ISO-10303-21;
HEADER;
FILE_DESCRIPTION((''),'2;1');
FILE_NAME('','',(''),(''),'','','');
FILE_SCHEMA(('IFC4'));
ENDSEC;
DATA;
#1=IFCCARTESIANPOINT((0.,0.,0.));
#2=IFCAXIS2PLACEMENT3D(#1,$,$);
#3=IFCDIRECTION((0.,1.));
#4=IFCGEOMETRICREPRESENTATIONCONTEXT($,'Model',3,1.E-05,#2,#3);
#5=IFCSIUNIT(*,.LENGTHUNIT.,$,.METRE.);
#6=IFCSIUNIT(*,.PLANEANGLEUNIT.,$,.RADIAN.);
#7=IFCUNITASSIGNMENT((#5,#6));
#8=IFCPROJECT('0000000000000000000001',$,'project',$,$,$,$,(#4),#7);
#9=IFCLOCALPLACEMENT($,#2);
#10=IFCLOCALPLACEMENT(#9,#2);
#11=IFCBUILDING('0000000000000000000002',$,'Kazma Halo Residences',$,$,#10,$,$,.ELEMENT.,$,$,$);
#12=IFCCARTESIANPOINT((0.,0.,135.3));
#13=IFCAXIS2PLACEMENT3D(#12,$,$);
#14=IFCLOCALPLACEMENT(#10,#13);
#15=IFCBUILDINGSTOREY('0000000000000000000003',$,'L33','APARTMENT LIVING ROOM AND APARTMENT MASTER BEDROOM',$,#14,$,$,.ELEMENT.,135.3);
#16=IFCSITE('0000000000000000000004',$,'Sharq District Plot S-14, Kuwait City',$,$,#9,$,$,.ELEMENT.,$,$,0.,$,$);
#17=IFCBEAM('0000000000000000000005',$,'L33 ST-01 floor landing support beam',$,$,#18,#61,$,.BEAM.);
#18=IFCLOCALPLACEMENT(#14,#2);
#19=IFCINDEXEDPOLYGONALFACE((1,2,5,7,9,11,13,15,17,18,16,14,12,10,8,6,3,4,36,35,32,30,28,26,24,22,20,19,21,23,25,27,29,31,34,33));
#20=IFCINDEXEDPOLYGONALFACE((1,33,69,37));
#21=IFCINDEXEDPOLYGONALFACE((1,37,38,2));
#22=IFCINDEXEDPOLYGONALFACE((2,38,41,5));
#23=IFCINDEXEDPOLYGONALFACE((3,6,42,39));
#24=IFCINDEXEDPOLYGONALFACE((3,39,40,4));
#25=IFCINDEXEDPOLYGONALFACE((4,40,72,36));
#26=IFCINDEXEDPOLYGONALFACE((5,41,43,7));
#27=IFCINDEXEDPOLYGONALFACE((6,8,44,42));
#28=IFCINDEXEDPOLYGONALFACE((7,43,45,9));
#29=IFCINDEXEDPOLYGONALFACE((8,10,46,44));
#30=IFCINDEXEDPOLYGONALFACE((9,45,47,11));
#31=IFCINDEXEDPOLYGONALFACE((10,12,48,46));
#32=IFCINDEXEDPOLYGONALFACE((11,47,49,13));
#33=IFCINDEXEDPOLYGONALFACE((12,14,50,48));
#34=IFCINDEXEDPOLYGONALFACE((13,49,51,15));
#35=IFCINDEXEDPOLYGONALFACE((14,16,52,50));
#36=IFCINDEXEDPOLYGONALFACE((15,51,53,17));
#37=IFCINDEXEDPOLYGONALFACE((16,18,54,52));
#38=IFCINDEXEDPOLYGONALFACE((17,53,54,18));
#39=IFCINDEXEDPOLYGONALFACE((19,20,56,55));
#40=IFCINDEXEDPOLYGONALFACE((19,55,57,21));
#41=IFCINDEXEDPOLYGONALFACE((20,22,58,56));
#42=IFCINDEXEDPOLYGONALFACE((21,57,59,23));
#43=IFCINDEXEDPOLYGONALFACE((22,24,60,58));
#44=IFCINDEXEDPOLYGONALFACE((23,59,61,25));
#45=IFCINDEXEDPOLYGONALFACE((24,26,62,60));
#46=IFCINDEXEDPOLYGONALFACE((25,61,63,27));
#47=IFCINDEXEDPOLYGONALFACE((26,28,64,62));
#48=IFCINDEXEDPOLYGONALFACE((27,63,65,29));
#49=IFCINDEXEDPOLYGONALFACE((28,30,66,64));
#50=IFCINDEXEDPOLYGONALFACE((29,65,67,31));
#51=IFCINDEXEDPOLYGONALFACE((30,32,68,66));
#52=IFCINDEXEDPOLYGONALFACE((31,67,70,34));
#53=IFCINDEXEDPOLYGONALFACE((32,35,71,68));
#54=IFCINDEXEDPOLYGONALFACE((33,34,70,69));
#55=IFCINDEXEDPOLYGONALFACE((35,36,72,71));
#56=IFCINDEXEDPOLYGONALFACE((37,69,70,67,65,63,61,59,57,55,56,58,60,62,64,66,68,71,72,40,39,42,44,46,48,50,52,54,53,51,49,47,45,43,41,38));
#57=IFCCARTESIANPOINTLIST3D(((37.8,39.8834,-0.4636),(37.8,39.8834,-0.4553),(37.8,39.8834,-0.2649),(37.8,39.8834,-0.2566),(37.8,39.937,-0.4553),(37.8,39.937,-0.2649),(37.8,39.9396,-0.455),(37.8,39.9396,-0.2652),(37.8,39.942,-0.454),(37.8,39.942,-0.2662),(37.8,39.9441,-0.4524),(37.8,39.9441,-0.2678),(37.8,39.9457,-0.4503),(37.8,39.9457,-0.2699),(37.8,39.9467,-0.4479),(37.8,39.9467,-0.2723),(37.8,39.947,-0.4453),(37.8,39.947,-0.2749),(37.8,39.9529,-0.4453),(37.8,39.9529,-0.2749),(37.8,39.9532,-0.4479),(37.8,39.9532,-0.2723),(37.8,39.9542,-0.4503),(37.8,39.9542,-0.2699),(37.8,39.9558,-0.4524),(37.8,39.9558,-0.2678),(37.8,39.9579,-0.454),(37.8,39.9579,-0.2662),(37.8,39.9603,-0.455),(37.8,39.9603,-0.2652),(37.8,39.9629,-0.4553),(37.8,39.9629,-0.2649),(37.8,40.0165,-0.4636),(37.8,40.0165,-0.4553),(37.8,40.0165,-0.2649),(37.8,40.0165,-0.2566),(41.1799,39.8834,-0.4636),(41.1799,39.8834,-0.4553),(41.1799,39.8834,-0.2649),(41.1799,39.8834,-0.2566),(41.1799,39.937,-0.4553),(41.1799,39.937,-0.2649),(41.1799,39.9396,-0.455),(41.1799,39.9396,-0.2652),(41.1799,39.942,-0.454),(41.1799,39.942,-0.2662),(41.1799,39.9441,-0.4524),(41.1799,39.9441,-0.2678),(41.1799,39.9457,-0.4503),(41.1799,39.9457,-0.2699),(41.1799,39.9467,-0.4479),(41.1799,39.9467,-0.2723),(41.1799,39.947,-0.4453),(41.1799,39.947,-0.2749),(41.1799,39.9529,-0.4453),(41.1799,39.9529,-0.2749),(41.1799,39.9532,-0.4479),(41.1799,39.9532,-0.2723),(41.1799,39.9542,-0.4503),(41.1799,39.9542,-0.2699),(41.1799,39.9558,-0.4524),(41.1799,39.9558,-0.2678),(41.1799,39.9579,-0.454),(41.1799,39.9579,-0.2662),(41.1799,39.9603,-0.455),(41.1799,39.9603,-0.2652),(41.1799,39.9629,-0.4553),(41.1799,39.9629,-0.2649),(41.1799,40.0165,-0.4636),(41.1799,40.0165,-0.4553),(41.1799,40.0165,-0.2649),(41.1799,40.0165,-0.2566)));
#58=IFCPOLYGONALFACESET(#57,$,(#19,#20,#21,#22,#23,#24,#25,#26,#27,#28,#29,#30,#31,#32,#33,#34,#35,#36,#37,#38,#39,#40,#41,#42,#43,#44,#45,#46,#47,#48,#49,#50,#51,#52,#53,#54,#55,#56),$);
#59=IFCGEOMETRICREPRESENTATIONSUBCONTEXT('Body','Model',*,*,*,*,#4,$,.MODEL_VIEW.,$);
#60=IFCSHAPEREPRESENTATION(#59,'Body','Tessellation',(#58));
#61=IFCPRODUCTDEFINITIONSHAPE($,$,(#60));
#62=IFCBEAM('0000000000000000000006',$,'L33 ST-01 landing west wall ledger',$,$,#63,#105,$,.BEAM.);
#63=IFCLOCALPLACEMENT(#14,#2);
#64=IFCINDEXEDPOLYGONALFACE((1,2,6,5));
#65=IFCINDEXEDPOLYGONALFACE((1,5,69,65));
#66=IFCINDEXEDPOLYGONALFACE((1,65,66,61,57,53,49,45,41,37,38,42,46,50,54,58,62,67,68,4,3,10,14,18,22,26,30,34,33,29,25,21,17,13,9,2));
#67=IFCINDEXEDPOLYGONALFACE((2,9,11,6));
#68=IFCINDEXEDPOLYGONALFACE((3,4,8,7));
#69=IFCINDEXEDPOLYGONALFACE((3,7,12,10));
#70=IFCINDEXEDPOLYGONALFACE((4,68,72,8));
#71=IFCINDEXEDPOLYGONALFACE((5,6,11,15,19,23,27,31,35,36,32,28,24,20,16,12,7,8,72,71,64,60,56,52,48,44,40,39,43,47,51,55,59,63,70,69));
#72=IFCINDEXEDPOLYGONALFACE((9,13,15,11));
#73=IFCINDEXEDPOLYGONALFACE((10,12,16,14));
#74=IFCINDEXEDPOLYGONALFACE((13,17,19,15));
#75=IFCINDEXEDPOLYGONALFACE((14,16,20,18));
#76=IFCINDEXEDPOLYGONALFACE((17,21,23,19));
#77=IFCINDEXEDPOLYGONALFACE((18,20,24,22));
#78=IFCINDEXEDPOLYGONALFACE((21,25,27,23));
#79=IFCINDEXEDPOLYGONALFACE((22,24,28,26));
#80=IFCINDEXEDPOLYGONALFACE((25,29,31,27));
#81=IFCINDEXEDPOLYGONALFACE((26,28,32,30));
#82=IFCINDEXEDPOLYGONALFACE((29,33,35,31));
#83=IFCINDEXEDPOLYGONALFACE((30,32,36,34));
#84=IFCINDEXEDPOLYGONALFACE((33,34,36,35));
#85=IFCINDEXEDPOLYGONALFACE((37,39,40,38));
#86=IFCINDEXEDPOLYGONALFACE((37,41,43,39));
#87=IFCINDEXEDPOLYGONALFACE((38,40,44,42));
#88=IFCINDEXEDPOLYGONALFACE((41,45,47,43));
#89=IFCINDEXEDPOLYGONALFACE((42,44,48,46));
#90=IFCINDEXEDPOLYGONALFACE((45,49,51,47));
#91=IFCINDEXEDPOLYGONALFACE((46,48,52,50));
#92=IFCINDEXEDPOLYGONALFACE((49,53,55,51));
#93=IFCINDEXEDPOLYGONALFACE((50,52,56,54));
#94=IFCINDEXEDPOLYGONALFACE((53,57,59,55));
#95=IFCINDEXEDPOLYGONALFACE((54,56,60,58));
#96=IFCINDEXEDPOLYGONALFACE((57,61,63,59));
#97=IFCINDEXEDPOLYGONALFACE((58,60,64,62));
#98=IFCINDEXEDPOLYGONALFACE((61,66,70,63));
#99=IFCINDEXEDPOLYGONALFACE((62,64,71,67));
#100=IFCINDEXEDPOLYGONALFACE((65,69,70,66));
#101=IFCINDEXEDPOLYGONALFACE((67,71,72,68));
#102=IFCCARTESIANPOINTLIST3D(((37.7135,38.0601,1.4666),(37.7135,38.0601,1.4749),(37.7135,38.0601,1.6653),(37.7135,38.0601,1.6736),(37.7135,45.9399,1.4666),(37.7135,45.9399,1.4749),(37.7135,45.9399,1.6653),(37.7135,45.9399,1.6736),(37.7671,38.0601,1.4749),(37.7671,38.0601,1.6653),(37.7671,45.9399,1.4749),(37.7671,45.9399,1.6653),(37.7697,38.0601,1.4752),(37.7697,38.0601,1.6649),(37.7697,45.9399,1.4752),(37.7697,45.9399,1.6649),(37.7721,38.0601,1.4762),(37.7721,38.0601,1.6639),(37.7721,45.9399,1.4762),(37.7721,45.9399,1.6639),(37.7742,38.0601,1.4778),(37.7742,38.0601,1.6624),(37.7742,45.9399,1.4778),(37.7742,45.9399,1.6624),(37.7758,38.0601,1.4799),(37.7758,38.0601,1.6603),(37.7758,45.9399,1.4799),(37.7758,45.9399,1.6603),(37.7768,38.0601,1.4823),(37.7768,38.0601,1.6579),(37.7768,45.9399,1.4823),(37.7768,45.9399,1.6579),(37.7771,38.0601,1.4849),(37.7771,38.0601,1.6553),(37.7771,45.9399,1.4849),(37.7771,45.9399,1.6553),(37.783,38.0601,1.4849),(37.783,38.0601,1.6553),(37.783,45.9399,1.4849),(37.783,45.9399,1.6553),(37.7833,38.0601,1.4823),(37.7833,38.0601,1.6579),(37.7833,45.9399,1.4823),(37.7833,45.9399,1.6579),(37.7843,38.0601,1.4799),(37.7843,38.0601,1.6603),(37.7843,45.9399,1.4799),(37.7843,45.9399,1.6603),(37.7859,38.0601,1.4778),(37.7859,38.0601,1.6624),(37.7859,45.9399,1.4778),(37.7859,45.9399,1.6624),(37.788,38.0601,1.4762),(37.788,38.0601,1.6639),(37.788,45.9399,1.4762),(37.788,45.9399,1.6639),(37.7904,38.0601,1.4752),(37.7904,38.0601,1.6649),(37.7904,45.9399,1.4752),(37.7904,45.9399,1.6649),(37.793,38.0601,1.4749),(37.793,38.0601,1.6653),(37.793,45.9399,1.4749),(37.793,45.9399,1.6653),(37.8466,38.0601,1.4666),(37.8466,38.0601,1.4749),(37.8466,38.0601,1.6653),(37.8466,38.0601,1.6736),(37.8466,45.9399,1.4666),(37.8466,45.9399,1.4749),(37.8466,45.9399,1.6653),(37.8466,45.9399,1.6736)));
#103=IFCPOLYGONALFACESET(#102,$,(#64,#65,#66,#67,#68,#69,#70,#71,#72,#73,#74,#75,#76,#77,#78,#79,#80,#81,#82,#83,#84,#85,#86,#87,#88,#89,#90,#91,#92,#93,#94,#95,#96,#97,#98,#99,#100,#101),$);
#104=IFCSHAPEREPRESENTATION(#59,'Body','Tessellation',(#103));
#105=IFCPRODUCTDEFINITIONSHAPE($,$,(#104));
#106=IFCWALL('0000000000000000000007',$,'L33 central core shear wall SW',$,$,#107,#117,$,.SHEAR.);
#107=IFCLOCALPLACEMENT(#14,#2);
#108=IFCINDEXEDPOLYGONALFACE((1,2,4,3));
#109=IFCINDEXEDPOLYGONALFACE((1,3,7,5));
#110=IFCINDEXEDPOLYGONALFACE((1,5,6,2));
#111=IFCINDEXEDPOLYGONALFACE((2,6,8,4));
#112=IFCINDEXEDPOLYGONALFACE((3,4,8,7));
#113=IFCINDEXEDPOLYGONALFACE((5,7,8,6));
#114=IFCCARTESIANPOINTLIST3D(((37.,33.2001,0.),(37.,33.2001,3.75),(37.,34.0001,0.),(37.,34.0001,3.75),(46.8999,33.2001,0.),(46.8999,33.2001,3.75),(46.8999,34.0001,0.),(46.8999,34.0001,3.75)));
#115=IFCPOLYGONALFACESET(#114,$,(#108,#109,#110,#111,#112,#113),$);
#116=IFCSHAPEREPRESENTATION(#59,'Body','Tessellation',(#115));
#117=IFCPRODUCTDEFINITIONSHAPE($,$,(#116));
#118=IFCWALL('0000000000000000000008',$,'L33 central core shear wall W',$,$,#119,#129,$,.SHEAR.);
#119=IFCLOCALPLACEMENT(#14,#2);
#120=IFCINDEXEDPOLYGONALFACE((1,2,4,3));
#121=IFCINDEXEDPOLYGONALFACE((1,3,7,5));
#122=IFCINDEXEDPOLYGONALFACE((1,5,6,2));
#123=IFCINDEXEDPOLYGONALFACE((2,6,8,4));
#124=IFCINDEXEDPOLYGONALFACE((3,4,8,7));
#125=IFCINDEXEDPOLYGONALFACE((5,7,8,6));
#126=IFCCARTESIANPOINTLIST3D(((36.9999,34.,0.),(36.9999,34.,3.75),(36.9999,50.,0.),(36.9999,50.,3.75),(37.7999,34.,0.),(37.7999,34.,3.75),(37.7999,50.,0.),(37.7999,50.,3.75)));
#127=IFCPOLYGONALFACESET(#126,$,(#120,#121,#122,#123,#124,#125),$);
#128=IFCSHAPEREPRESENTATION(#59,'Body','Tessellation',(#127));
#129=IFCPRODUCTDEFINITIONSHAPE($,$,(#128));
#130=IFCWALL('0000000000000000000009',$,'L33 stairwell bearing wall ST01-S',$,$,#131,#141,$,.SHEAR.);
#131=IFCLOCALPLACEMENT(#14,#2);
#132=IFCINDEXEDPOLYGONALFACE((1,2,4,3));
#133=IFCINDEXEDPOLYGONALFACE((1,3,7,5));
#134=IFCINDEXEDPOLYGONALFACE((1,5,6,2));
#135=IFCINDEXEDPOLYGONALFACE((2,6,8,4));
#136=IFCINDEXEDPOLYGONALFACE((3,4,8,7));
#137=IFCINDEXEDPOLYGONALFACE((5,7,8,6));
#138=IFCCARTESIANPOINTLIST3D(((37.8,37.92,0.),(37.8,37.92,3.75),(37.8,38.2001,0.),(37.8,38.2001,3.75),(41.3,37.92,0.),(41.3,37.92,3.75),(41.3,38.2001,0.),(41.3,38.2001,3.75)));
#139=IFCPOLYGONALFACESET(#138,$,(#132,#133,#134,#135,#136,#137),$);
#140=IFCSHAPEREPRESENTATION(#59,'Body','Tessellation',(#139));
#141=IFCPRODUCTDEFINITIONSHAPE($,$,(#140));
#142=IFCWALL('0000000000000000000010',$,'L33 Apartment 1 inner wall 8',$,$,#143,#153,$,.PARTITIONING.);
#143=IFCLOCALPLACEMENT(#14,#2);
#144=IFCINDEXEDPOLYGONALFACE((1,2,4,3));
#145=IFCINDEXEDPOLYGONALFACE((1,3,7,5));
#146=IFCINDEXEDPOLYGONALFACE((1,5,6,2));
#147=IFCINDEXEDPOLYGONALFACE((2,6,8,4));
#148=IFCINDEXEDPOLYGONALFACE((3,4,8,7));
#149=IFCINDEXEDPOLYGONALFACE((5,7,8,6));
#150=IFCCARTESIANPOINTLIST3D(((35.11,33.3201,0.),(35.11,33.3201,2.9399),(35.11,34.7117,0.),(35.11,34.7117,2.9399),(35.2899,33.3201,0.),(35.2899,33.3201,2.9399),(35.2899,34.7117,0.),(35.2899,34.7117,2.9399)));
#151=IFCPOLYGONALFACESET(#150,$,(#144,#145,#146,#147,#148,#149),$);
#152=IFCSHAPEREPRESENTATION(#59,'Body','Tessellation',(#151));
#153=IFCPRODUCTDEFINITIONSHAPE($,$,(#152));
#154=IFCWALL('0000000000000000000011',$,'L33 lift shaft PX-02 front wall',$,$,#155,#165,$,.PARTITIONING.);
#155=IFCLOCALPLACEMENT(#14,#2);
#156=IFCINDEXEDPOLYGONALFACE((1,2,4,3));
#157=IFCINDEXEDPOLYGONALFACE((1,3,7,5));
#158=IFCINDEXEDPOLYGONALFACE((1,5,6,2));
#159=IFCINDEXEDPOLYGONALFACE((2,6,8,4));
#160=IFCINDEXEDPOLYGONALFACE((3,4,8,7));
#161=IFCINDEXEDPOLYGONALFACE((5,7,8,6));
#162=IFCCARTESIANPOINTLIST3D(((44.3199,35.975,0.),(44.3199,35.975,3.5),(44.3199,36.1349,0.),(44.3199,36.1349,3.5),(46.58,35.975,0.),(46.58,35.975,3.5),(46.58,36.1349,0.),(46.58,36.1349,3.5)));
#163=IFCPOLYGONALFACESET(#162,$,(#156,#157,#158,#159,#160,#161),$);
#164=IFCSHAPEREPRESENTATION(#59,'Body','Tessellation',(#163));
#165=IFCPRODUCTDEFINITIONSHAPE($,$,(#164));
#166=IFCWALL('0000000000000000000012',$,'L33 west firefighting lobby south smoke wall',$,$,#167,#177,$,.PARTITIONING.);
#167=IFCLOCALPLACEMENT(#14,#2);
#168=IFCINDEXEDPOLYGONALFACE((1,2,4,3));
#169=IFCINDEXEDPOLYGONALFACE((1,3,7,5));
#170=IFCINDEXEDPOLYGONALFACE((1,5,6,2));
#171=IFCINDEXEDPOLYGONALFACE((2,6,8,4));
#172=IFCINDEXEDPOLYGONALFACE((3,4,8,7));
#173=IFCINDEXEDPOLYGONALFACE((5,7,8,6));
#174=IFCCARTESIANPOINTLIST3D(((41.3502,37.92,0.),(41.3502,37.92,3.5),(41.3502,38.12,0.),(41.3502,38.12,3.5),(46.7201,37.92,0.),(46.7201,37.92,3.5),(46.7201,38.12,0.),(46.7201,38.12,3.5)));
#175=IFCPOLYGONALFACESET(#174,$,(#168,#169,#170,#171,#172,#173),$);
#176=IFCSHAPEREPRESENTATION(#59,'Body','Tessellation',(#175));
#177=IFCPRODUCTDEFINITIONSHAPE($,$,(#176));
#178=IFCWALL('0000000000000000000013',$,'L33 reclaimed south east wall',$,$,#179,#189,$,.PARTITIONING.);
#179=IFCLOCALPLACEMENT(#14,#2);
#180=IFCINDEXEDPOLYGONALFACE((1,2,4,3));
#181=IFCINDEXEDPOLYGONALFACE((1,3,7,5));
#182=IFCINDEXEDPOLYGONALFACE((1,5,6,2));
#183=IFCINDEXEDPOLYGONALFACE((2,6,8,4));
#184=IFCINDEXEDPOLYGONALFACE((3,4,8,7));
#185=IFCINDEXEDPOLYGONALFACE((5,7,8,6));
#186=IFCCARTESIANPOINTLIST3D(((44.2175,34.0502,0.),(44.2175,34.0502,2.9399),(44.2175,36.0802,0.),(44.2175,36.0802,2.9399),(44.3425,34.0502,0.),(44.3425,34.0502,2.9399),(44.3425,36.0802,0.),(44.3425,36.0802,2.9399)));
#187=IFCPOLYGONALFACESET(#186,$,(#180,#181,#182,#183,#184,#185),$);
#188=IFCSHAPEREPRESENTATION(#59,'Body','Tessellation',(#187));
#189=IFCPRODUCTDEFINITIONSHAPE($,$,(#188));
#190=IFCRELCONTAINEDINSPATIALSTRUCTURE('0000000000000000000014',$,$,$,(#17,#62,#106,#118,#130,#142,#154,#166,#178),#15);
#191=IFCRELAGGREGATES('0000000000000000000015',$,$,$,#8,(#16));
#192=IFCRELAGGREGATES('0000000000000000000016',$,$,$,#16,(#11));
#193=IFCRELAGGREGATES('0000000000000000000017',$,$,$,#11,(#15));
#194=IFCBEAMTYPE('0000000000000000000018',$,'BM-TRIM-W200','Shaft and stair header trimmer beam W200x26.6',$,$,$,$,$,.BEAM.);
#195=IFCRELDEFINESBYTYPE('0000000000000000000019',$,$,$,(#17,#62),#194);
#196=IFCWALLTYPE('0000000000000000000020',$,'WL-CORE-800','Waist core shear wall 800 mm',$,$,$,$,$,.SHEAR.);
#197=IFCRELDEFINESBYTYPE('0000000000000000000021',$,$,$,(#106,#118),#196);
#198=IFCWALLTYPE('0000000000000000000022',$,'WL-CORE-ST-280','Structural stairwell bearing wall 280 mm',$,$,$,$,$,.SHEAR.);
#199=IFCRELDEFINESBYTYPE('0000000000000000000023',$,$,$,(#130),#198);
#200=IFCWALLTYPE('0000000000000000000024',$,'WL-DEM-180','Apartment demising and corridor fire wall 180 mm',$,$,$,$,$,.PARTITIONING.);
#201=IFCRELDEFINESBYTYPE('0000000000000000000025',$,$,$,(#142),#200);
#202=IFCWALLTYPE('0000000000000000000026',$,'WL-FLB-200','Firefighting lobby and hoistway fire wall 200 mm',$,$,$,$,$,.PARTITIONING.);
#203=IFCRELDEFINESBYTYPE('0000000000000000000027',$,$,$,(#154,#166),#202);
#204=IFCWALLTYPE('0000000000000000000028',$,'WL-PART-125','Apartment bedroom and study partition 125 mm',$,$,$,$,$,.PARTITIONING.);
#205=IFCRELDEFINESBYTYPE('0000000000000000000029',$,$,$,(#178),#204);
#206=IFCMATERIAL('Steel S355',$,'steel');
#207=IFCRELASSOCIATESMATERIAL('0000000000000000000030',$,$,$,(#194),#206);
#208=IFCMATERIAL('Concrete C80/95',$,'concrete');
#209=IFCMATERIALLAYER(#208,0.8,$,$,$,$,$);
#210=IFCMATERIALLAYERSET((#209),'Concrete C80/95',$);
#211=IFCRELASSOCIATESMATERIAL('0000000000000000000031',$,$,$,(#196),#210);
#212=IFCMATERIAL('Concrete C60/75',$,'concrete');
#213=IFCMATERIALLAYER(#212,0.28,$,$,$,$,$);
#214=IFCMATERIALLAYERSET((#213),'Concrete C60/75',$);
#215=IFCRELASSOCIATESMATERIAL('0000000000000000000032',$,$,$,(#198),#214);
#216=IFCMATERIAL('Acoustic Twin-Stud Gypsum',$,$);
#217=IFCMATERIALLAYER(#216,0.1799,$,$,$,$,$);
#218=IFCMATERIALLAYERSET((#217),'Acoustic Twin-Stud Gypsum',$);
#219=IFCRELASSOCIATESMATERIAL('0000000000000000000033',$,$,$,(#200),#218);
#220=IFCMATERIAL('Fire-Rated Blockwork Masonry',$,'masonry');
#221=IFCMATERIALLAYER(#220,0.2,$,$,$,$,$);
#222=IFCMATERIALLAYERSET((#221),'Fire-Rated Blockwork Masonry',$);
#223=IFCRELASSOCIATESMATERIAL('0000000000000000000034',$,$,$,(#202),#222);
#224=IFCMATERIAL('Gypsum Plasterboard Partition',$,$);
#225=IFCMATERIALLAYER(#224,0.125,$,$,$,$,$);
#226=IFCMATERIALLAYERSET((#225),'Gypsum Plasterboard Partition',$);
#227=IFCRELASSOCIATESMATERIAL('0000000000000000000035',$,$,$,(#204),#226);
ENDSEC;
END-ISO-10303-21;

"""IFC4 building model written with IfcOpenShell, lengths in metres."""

from ifc_helpers import new_model, si_unit, direction, frame, frame_2d, origin, origin_2d, place, context, subcontext, project, spatial, rectangle, i_section, extrude, material, layer, layer_set, material_profile, profile_set, type_object, element, save


model = new_model("IFC4")

# Units and contexts
model_context = context("Model", 3, precision=1e-05, world=origin(), true_north=direction((0.0, 1.0)))
body_context = subcontext(model_context, "Body", "Model", "MODEL_VIEW")
ifc_project = project(units=[si_unit("LENGTHUNIT", "METRE"), si_unit("PLANEANGLEUNIT", "RADIAN")], contexts=[model_context])

# Site, building, storey
site_placement = place(None, origin())
site = spatial("IfcSite", under=ifc_project, at=site_placement, Name="Sharq District Plot S-14, Kuwait City", CompositionType="ELEMENT", RefElevation=0.0)
building_placement = place(site_placement, origin())
building = spatial("IfcBuilding", under=site, at=building_placement, Name="Kazma Halo Residences", CompositionType="ELEMENT")
storey_placement = place(building_placement, frame((0.0, 0.0, 135.3)))
storey = spatial("IfcBuildingStorey", under=building, at=storey_placement, Name="L33", Description="APARTMENT LIVING ROOM AND APARTMENT MASTER BEDROOM", CompositionType="ELEMENT", Elevation=135.3)

# Beams
ifc_material_1 = material(Name="Steel S355", Category="steel")
ifc_material_profile_1 = material_profile(ifc_material_1, i_section(OverallWidth=0.1331, OverallDepth=0.207, WebThickness=0.0059, FlangeThickness=0.0083, FilletRadius=0.01, at=origin_2d()), Name="W200x26.6")
ifc_profile_set_1 = profile_set([ifc_material_profile_1], Name="Steel S355")
beam_type_1 = type_object("IfcBeamType", Name="BM-TRIM-W200", Description="Shaft and stair header trimmer beam W200x26.6", PredefinedType="BEAM", material=ifc_profile_set_1)
beam_1_placement = place(storey_placement, frame((37.8, 39.95, -0.3601), z_axis=(1.0, 0.0, 0.0), x_axis=(0.0, 1.0, 0.0)))
element("IfcBeam", 1, at=beam_1_placement, inside=storey, type_object=beam_type_1, Name="L33 ST-01 floor landing support beam", PredefinedType="BEAM", context=body_context, shape_type="SweptSolid", body=[
    extrude(i_section(OverallWidth=0.1331, OverallDepth=0.207, WebThickness=0.0059, FlangeThickness=0.0083, FilletRadius=0.01, at=origin_2d()), origin(), (0.0, 0.0, 1.0), 3.3799),
])
beam_2_placement = place(storey_placement, frame((37.78, 38.0601, 1.5701), z_axis=(0.0, 1.0, 0.0), x_axis=(-1.0, 0.0, 0.0)))
element("IfcBeam", 2, at=beam_2_placement, inside=storey, type_object=beam_type_1, Name="L33 ST-01 landing west wall ledger", PredefinedType="BEAM", context=body_context, shape_type="SweptSolid", body=[
    extrude(i_section(OverallWidth=0.1331, OverallDepth=0.207, WebThickness=0.0059, FlangeThickness=0.0083, FilletRadius=0.01, at=origin_2d()), origin(), (0.0, 0.0, 1.0), 7.8799),
])

# Walls
ifc_material_2 = material(Name="Concrete C80/95", Category="concrete")
ifc_layer_1 = layer(ifc_material_2, 0.8)
ifc_layer_set_1 = layer_set([ifc_layer_1], Name="Concrete C80/95")
wall_type_1 = type_object("IfcWallType", Name="WL-CORE-800", Description="Waist core shear wall 800 mm", PredefinedType="SHEAR", material=ifc_layer_set_1)
wall_1_placement = place(storey_placement, frame((37.0, 33.6001, 0.0), z_axis=(0.0, 0.0, 1.0), x_axis=(1.0, 0.0, 0.0)))
element("IfcWall", 3, at=wall_1_placement, inside=storey, type_object=wall_type_1, Name="L33 central core shear wall SW", PredefinedType="SHEAR", context=body_context, shape_type="SweptSolid", body=[
    extrude(rectangle(XDim=9.8999, YDim=0.8, at=frame_2d((4.95, 0.0))), origin(), (0.0, 0.0, 1.0), 3.75),
])
wall_2_placement = place(storey_placement, frame((37.3999, 34.0, 0.0), z_axis=(0.0, 0.0, 1.0), x_axis=(0.0, 1.0, 0.0)))
element("IfcWall", 4, at=wall_2_placement, inside=storey, type_object=wall_type_1, Name="L33 central core shear wall W", PredefinedType="SHEAR", context=body_context, shape_type="SweptSolid", body=[
    extrude(rectangle(XDim=16.0, YDim=0.8, at=frame_2d((8.0, 0.0))), origin(), (0.0, 0.0, 1.0), 3.75),
])
ifc_material_3 = material(Name="Concrete C60/75", Category="concrete")
ifc_layer_2 = layer(ifc_material_3, 0.28)
ifc_layer_set_2 = layer_set([ifc_layer_2], Name="Concrete C60/75")
wall_type_2 = type_object("IfcWallType", Name="WL-CORE-ST-280", Description="Structural stairwell bearing wall 280 mm", PredefinedType="SHEAR", material=ifc_layer_set_2)
wall_3_placement = place(storey_placement, frame((37.8, 38.0601, 0.0), z_axis=(0.0, 0.0, 1.0), x_axis=(1.0, 0.0, 0.0)))
element("IfcWall", 5, at=wall_3_placement, inside=storey, type_object=wall_type_2, Name="L33 stairwell bearing wall ST01-S", PredefinedType="SHEAR", context=body_context, shape_type="SweptSolid", body=[
    extrude(rectangle(XDim=3.5, YDim=0.28, at=frame_2d((1.75, 0.0))), origin(), (0.0, 0.0, 1.0), 3.75),
])
ifc_material_4 = material(Name="Acoustic Twin-Stud Gypsum")
ifc_layer_3 = layer(ifc_material_4, 0.1799)
ifc_layer_set_3 = layer_set([ifc_layer_3], Name="Acoustic Twin-Stud Gypsum")
wall_type_3 = type_object("IfcWallType", Name="WL-DEM-180", Description="Apartment demising and corridor fire wall 180 mm", PredefinedType="PARTITIONING", material=ifc_layer_set_3)
wall_4_placement = place(storey_placement, frame((35.2, 34.7117, 0.0), z_axis=(0.0, 0.0, 1.0), x_axis=(0.0, -1.0, 0.0)))
element("IfcWall", 6, at=wall_4_placement, inside=storey, type_object=wall_type_3, Name="L33 Apartment 1 inner wall 8", PredefinedType="PARTITIONING", context=body_context, shape_type="SweptSolid", body=[
    extrude(rectangle(XDim=1.3916, YDim=0.1799, at=frame_2d((0.6958, 0.0))), origin(), (0.0, 0.0, 1.0), 2.9399),
])
ifc_material_5 = material(Name="Fire-Rated Blockwork Masonry", Category="masonry")
ifc_layer_4 = layer(ifc_material_5, 0.2)
ifc_layer_set_4 = layer_set([ifc_layer_4], Name="Fire-Rated Blockwork Masonry")
wall_type_4 = type_object("IfcWallType", Name="WL-FLB-200", Description="Firefighting lobby and hoistway fire wall 200 mm", PredefinedType="PARTITIONING", material=ifc_layer_set_4)
wall_5_placement = place(storey_placement, frame((44.3201, 36.0549, 0.0), z_axis=(0.0, 0.0, 1.0), x_axis=(1.0, 0.0, 0.0)))
element("IfcWall", 7, at=wall_5_placement, inside=storey, type_object=wall_type_4, Name="L33 lift shaft PX-02 front wall", PredefinedType="PARTITIONING", context=body_context, shape_type="SweptSolid", body=[
    extrude(rectangle(XDim=2.26, YDim=0.1599, at=frame_2d((1.1299, 0.0))), origin(), (0.0, 0.0, 1.0), 3.5),
])
wall_6_placement = place(storey_placement, frame((41.3501, 38.02, 0.0), z_axis=(0.0, 0.0, 1.0), x_axis=(1.0, 0.0, 0.0)))
element("IfcWall", 8, at=wall_6_placement, inside=storey, type_object=wall_type_4, Name="L33 west firefighting lobby south smoke wall", PredefinedType="PARTITIONING", context=body_context, shape_type="SweptSolid", body=[
    extrude(rectangle(XDim=5.3699, YDim=0.2, at=frame_2d((2.6851, 0.0))), origin(), (0.0, 0.0, 1.0), 3.5),
])
ifc_material_6 = material(Name="Gypsum Plasterboard Partition")
ifc_layer_5 = layer(ifc_material_6, 0.125)
ifc_layer_set_5 = layer_set([ifc_layer_5], Name="Gypsum Plasterboard Partition")
wall_type_5 = type_object("IfcWallType", Name="WL-PART-125", Description="Apartment bedroom and study partition 125 mm", PredefinedType="PARTITIONING", material=ifc_layer_set_5)
for number, where, z_axis, x_axis, name in (
    (9, (44.28, 34.05, 0.0), (0.0, 0.0, 1.0), (0.0, 1.0, 0.0), "L33 reclaimed south east wall"),
):
    element("IfcWall", number, at=place(storey_placement, frame(where, z_axis=z_axis, x_axis=x_axis)), inside=storey, type_object=wall_type_5, Name=name, PredefinedType="PARTITIONING", context=body_context, shape_type="SweptSolid", body=[
        extrude(rectangle(XDim=2.03, YDim=0.125, at=frame_2d((1.0151, 0.0))), origin(), (0.0, 0.0, 1.0), 2.9399),
    ])

save(model, "model.ifc")
